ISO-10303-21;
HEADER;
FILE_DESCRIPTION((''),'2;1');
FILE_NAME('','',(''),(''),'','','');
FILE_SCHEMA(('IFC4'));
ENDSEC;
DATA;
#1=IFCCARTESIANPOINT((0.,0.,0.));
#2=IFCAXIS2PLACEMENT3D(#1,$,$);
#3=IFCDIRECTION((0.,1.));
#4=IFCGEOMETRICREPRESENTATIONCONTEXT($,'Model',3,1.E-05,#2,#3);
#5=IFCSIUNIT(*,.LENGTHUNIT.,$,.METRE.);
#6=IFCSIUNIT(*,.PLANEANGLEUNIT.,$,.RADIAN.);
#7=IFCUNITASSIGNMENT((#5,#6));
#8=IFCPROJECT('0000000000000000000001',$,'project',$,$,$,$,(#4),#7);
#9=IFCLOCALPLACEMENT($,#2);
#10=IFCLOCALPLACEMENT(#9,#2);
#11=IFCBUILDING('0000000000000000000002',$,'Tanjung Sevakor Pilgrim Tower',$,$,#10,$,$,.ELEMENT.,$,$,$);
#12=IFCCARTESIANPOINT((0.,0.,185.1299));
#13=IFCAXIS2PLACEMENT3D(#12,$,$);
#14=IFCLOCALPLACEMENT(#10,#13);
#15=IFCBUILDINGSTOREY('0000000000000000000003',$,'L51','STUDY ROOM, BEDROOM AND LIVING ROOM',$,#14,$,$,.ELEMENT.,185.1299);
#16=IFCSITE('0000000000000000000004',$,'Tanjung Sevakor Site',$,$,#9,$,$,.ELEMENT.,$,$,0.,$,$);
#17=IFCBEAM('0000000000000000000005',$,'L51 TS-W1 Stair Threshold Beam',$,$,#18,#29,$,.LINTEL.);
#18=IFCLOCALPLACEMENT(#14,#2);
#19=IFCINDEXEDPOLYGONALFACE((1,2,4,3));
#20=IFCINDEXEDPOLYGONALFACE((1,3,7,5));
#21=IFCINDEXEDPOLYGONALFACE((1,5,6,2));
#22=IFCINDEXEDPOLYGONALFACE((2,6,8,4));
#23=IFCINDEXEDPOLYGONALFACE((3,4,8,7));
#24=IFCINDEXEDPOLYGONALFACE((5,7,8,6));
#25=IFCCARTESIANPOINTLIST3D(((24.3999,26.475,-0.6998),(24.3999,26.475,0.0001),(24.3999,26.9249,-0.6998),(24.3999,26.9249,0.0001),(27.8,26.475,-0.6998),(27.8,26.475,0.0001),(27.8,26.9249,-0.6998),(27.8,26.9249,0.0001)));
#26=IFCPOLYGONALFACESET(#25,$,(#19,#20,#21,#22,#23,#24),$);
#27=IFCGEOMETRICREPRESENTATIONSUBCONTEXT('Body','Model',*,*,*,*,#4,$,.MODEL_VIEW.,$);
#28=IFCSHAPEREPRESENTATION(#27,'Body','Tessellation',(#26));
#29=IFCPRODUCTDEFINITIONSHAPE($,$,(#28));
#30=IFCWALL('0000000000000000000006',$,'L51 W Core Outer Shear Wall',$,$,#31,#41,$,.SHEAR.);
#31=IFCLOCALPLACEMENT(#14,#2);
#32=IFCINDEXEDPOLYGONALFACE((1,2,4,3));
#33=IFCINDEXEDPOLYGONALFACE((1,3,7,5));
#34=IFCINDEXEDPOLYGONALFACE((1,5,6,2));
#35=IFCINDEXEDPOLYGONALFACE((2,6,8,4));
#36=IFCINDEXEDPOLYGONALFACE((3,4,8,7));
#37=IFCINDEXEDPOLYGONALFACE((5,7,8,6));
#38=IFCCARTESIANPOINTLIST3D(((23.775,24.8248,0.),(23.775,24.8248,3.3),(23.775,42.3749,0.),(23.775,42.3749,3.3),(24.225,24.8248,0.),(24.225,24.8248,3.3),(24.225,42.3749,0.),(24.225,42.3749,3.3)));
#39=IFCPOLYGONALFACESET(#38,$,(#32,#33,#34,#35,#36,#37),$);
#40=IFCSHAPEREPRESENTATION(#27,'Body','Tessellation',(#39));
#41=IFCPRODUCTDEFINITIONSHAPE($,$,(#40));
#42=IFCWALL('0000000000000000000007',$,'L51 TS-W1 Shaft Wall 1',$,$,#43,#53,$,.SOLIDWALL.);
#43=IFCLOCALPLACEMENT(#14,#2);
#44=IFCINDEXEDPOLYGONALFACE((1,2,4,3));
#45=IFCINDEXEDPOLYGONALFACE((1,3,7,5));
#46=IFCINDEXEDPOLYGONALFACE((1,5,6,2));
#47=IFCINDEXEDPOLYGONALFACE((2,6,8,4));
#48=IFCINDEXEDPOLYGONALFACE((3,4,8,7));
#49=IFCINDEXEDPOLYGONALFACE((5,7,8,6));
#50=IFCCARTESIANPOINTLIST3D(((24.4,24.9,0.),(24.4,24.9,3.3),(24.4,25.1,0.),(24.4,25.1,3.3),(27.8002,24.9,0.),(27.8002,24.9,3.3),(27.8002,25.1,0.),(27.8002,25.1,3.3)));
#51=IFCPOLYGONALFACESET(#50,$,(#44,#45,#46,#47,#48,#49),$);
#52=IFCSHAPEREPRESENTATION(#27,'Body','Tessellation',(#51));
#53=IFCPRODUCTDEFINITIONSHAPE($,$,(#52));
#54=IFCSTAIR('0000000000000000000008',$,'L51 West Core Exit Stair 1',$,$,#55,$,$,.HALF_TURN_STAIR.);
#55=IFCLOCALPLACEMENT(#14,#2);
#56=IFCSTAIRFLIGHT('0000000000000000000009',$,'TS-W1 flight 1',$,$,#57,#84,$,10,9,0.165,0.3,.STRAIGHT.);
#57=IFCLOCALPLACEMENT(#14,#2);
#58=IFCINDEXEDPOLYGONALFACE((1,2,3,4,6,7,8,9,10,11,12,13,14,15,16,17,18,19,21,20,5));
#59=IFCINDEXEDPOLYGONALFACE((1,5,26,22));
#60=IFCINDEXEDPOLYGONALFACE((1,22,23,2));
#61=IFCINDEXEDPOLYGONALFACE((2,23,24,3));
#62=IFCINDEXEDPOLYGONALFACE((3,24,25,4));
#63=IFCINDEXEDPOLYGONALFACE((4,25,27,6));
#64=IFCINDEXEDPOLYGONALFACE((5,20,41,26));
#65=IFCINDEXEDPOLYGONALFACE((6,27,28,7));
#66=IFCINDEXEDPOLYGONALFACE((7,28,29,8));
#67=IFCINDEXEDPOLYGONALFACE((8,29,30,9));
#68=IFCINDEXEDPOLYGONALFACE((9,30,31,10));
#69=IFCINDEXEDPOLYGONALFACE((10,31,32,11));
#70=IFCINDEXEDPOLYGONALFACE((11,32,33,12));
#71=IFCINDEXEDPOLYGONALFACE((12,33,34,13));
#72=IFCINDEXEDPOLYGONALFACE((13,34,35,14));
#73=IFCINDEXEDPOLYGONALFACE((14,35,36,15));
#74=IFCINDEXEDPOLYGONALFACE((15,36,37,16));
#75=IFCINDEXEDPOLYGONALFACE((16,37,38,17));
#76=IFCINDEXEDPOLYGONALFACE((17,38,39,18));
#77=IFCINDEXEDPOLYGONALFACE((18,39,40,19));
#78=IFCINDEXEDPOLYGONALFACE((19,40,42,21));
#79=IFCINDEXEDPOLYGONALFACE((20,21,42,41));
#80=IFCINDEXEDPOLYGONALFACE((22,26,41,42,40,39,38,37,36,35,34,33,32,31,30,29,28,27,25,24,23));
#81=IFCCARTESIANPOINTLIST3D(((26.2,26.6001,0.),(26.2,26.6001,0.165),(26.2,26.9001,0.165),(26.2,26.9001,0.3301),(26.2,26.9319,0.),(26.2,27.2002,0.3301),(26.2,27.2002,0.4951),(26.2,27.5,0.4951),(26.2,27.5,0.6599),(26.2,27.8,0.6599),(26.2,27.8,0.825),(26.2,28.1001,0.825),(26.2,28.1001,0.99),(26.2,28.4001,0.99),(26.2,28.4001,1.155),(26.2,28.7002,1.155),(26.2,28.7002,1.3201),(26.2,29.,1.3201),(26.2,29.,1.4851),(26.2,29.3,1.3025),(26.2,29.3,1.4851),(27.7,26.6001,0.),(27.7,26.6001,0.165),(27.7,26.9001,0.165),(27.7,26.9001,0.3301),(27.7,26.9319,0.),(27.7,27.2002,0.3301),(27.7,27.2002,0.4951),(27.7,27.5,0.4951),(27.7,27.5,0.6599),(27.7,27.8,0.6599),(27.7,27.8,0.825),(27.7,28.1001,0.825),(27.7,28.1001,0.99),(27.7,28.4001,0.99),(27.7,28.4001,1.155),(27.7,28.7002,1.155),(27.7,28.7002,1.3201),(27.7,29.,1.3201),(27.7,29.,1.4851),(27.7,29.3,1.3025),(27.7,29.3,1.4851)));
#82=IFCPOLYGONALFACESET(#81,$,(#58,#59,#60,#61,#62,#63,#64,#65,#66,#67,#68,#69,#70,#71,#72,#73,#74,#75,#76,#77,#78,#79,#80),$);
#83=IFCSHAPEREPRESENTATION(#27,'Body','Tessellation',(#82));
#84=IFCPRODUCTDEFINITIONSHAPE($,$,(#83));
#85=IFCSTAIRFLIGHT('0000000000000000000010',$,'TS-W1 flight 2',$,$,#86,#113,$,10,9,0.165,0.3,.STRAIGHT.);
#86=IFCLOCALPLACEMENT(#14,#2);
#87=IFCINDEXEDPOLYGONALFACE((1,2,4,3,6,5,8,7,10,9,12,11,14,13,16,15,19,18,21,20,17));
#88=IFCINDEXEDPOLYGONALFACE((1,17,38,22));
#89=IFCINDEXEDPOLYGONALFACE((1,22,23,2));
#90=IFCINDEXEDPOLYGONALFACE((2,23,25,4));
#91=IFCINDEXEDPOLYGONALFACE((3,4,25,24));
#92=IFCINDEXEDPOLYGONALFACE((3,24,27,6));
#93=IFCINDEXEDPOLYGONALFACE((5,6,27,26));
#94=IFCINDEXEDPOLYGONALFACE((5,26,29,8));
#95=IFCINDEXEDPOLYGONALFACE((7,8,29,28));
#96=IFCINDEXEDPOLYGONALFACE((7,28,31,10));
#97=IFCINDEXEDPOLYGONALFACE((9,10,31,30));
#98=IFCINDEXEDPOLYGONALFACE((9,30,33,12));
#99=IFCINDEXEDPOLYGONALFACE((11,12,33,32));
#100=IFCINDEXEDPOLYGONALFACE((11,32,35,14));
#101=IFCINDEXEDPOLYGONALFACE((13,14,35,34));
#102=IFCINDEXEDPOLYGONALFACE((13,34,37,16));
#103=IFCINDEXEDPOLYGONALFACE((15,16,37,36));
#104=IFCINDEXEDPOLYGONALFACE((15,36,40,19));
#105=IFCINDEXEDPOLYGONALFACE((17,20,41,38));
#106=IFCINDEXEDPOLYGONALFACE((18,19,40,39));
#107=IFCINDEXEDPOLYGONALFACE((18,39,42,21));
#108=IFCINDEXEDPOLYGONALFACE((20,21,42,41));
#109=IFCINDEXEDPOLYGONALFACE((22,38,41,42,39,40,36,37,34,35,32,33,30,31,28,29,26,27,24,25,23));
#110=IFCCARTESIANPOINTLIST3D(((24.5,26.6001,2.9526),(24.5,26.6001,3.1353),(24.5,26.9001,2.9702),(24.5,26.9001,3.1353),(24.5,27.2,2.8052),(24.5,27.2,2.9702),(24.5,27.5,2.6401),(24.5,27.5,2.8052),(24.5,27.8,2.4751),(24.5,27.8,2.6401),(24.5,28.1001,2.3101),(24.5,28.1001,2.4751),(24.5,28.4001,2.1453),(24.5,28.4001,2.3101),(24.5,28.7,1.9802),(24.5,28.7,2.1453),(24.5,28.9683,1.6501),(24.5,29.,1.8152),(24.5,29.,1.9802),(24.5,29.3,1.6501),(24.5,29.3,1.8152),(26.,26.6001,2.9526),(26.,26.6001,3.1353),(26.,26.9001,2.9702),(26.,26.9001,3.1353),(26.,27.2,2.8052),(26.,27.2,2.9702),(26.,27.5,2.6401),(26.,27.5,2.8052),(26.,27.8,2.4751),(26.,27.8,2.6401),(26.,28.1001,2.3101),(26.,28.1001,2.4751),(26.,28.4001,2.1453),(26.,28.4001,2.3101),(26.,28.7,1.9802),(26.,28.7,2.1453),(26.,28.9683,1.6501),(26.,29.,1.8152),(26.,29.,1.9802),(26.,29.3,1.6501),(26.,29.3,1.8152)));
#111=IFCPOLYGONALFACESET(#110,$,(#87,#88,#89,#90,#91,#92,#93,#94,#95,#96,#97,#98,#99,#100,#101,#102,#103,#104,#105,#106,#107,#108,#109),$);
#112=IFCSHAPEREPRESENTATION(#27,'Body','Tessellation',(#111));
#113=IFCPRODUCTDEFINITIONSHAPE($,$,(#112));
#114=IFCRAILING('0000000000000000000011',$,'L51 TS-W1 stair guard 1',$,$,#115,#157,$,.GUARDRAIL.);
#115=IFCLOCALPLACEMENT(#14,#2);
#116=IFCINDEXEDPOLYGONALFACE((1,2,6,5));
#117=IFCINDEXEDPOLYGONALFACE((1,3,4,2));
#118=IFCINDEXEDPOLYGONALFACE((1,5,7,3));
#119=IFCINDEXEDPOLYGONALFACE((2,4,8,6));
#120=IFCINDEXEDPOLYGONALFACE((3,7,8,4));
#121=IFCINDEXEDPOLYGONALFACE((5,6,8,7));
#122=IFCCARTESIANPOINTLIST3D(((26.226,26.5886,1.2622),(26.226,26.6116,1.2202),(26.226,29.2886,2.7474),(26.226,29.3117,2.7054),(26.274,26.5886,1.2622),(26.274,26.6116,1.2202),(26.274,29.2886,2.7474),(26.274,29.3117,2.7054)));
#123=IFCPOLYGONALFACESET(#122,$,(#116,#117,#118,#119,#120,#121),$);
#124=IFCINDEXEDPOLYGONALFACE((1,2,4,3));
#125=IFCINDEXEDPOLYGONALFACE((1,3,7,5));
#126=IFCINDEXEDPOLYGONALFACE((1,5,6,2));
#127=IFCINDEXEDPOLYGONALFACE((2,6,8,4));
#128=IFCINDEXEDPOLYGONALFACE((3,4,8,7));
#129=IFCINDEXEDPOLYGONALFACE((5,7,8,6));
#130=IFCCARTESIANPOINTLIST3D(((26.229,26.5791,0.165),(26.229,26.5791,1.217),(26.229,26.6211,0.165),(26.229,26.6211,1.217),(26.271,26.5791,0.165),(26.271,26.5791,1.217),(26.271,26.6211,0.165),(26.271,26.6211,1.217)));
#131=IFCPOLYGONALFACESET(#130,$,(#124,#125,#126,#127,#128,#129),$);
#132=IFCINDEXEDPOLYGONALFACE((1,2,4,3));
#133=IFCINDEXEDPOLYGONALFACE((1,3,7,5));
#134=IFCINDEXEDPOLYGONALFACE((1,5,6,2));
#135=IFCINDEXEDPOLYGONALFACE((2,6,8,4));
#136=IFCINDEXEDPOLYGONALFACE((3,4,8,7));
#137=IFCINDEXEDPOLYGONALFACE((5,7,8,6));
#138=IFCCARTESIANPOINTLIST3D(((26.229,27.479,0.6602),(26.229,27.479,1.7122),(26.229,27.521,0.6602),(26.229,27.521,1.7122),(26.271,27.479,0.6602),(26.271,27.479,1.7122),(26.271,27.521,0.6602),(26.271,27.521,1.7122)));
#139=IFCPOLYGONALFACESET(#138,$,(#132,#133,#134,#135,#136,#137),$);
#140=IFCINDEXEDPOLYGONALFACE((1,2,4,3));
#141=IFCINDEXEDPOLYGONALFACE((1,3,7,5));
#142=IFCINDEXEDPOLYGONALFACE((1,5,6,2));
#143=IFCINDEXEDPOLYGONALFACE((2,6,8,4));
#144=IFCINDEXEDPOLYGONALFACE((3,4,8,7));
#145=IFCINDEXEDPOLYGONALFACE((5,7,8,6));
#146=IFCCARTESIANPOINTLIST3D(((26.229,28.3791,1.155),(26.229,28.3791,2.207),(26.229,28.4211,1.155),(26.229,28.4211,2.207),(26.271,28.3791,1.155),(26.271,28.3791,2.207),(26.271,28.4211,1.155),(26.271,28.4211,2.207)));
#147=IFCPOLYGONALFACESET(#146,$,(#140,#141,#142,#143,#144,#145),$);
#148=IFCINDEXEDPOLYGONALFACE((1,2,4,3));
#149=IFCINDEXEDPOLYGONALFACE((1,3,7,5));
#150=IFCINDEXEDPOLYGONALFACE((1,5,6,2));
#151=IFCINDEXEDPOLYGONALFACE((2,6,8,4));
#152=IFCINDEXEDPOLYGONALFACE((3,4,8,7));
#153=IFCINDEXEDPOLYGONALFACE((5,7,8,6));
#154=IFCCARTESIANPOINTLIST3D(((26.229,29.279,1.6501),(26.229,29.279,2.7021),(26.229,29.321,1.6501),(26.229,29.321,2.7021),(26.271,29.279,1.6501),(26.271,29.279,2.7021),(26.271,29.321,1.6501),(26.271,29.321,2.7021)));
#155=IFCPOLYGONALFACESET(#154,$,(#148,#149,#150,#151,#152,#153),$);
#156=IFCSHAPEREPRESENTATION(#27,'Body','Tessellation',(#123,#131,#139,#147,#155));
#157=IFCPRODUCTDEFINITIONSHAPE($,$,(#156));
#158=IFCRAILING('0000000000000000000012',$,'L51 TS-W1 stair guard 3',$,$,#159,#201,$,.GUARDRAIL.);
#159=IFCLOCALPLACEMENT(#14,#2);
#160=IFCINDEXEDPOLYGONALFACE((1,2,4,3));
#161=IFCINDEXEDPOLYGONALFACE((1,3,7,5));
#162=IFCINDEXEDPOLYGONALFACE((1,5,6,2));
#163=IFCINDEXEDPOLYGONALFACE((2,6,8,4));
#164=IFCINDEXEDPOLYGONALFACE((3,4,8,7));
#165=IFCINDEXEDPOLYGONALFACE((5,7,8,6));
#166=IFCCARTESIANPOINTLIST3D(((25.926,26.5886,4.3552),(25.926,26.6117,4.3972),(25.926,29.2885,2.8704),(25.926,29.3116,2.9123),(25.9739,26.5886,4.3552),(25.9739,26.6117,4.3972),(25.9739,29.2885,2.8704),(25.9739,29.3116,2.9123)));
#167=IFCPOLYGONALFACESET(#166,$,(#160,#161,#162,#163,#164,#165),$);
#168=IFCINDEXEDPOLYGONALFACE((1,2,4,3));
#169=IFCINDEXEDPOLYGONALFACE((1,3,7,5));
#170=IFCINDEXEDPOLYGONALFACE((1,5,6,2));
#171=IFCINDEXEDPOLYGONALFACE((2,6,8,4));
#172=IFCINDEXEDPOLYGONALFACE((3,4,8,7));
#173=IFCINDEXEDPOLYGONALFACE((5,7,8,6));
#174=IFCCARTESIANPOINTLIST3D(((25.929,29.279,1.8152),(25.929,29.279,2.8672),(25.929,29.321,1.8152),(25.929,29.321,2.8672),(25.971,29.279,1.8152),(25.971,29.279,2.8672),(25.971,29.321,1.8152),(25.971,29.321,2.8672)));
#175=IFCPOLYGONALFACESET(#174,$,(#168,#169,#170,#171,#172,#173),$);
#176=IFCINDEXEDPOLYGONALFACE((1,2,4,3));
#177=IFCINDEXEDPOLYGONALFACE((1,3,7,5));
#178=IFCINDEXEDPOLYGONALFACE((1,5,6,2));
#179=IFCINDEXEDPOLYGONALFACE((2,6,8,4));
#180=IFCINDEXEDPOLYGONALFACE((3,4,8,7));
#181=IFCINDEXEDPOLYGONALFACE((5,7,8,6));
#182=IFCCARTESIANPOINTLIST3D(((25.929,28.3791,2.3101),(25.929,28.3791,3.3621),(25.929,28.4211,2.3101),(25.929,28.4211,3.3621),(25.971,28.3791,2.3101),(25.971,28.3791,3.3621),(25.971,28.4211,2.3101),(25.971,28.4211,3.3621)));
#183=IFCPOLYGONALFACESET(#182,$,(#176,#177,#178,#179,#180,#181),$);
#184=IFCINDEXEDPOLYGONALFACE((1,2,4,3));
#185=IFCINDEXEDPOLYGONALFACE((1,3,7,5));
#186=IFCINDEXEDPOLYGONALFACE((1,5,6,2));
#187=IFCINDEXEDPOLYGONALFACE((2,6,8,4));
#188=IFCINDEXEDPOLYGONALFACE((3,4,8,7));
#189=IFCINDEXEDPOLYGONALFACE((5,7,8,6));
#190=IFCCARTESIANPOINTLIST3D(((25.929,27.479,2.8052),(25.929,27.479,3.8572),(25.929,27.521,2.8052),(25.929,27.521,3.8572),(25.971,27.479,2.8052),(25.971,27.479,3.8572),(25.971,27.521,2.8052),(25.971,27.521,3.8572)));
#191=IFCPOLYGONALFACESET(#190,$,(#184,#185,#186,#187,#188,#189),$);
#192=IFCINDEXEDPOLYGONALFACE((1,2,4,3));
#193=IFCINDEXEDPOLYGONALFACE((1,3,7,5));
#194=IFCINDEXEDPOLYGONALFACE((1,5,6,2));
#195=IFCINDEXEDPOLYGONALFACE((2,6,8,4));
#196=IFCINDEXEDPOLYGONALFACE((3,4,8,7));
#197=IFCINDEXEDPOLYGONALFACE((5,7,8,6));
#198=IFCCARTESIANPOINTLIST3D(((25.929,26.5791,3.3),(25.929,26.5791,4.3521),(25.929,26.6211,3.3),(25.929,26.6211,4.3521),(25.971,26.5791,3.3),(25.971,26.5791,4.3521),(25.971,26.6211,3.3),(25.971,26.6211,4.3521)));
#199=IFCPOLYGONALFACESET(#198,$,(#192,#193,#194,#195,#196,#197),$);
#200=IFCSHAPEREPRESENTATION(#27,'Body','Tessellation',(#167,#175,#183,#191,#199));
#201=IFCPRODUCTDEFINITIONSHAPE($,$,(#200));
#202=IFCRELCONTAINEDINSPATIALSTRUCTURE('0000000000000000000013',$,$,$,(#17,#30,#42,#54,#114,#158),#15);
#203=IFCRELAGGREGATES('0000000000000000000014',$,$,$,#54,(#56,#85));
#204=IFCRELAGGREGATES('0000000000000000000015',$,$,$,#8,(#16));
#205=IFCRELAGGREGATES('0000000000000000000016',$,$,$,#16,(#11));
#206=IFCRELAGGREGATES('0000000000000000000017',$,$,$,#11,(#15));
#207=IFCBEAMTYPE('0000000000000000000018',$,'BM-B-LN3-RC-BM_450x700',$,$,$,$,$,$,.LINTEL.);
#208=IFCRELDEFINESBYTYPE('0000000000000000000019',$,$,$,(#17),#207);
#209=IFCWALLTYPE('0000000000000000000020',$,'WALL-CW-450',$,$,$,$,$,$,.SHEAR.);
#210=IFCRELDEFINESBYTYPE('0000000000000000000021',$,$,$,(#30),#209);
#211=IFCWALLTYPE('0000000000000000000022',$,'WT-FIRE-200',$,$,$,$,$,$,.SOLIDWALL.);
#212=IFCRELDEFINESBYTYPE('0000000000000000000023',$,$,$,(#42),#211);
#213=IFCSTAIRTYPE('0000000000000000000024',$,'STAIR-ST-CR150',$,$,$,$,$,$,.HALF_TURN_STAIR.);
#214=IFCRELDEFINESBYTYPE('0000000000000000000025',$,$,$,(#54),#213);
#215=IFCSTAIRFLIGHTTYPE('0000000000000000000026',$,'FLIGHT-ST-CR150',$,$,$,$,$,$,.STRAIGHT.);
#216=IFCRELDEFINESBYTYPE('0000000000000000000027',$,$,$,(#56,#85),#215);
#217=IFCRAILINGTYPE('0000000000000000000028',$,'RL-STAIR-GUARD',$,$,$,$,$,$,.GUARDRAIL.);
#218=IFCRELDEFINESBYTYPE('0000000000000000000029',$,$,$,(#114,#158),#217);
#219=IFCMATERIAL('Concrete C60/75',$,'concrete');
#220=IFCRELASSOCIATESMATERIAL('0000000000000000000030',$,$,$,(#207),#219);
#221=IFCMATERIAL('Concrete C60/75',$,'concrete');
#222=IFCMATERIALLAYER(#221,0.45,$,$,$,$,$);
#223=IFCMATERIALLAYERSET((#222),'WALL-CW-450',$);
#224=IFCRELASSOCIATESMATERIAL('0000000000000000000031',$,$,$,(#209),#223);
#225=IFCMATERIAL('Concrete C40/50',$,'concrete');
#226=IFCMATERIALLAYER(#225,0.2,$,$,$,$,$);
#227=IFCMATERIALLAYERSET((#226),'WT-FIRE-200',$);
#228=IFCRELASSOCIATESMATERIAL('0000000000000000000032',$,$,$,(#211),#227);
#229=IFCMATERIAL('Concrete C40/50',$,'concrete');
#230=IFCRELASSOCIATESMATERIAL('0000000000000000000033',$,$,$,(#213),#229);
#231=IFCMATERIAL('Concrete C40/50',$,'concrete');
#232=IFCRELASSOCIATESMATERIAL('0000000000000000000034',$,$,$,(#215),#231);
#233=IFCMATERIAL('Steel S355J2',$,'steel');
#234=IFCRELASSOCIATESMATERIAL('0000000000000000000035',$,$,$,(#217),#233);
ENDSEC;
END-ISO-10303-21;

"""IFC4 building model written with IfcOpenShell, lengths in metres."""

from ifc_helpers import new_model, si_unit, direction, frame, frame_2d, origin, origin_2d, place, context, subcontext, project, spatial, polyline, rectangle, outline, extrude, material, layer, layer_set, material_profile, profile_set, type_object, element, aggregate, save


model = new_model("IFC4")

# Units and contexts
model_context = context("Model", 3, precision=1e-05, world=origin(), true_north=direction((0.0, 1.0)))
body_context = subcontext(model_context, "Body", "Model", "MODEL_VIEW")
ifc_project = project(units=[si_unit("LENGTHUNIT", "METRE"), si_unit("PLANEANGLEUNIT", "RADIAN")], contexts=[model_context])

# Site, building, storey
site_placement = place(None, origin())
site = spatial("IfcSite", under=ifc_project, at=site_placement, Name="Tanjung Sevakor Site", CompositionType="ELEMENT", RefElevation=0.0)
building_placement = place(site_placement, origin())
building = spatial("IfcBuilding", under=site, at=building_placement, Name="Tanjung Sevakor Pilgrim Tower", CompositionType="ELEMENT")
storey_placement = place(building_placement, frame((0.0, 0.0, 185.1299)))
storey = spatial("IfcBuildingStorey", under=building, at=storey_placement, Name="L51", Description="STUDY ROOM, BEDROOM AND LIVING ROOM", CompositionType="ELEMENT", Elevation=185.1299)

# Beam
ifc_material_1 = material(Name="Concrete C60/75", Category="concrete")
ifc_material_profile = material_profile(ifc_material_1, rectangle(XDim=0.45, YDim=0.7, at=origin_2d()))
ifc_profile_set = profile_set([ifc_material_profile], Name="Concrete C60/75")
beam_type = type_object("IfcBeamType", Name="BM-B-LN3-RC-BM_450x700", PredefinedType="LINTEL", material=ifc_profile_set)
beam_placement = place(storey_placement, frame((24.3999, 26.7, -0.3499), z_axis=(1.0, 0.0, 0.0), x_axis=(0.0, 1.0, 0.0)))
element("IfcBeam", 1, at=beam_placement, inside=storey, type_object=beam_type, Name="L51 TS-W1 Stair Threshold Beam", PredefinedType="LINTEL", context=body_context, shape_type="SweptSolid", body=[
    extrude(rectangle(XDim=0.45, YDim=0.7, at=origin_2d()), origin(), (0.0, 0.0, 1.0), 3.4001),
])

# Wall
ifc_material_2 = material(Name="Concrete C60/75", Category="concrete")
ifc_layer_1 = layer(ifc_material_2, 0.45)
ifc_layer_set_1 = layer_set([ifc_layer_1], Name="WALL-CW-450")
wall_type_1 = type_object("IfcWallType", Name="WALL-CW-450", PredefinedType="SHEAR", material=ifc_layer_set_1)
wall_1_placement = place(storey_placement, frame((24.0, 24.825, 0.0), z_axis=(0.0, 0.0, 1.0), x_axis=(0.0, 1.0, 0.0)))
element("IfcWall", 2, at=wall_1_placement, inside=storey, type_object=wall_type_1, Name="L51 W Core Outer Shear Wall", PredefinedType="SHEAR", context=body_context, shape_type="SweptSolid", body=[
    extrude(rectangle(XDim=17.55, YDim=0.45, at=frame_2d((8.7749, 0.0))), origin(), (0.0, 0.0, 1.0), 3.3),
])

# Wall
ifc_material_3 = material(Name="Concrete C40/50", Category="concrete")
ifc_layer_2 = layer(ifc_material_3, 0.2)
ifc_layer_set_2 = layer_set([ifc_layer_2], Name="WT-FIRE-200")
wall_type_2 = type_object("IfcWallType", Name="WT-FIRE-200", PredefinedType="SOLIDWALL", material=ifc_layer_set_2)
wall_2_placement = place(storey_placement, frame((24.3999, 25.0, 0.0), z_axis=(0.0, 0.0, 1.0), x_axis=(1.0, 0.0, 0.0)))
element("IfcWall", 3, at=wall_2_placement, inside=storey, type_object=wall_type_2, Name="L51 TS-W1 Shaft Wall 1", PredefinedType="SOLIDWALL", context=body_context, shape_type="SweptSolid", body=[
    extrude(rectangle(XDim=3.4001, YDim=0.2, at=frame_2d((1.7002, 0.0))), origin(), (0.0, 0.0, 1.0), 3.3),
])

# Stair, stair flights
ifc_material_4 = material(Name="Concrete C40/50", Category="concrete")
stair_type = type_object("IfcStairType", Name="STAIR-ST-CR150", PredefinedType="HALF_TURN_STAIR", material=ifc_material_4)
stair_placement = place(storey_placement, origin())
stair = element("IfcStair", 4, at=stair_placement, inside=storey, type_object=stair_type, Name="L51 West Core Exit Stair 1", PredefinedType="HALF_TURN_STAIR")
ifc_material_5 = material(Name="Concrete C40/50", Category="concrete")
stair_flight_type = type_object("IfcStairFlightType", Name="FLIGHT-ST-CR150", PredefinedType="STRAIGHT", material=ifc_material_5)
stair_flight_1_placement = place(storey_placement, frame((26.95, 26.6001, 0.0), z_axis=(0.0, 0.0, 1.0), x_axis=(0.0, 1.0, 0.0)))
stair_flight_1 = element("IfcStairFlight", 5, at=stair_flight_1_placement, type_object=stair_flight_type, Name="TS-W1 flight 1", NumberOfRisers=10, NumberOfTreads=9, PredefinedType="STRAIGHT", RiserHeight=0.165, TreadLength=0.3, context=body_context, shape_type="SweptSolid", body=[
    extrude(outline(polyline([(0.0, 0.0), (0.0, 0.165), (0.3, 0.165), (0.3, 0.3301), (0.6001, 0.3301), (0.6001, 0.4951), (0.8999, 0.4951), (0.8999, 0.6599), (1.2, 0.6599), (1.2, 0.825), (1.5, 0.825), (1.5, 0.99), (1.8, 0.99), (1.8, 1.155), (2.1001, 1.155), (2.1001, 1.3201), (2.3999, 1.3201), (2.3999, 1.4851), (2.7, 1.4851), (2.7, 1.6499), (2.7, 1.3025), (0.3318, 0.0), (0.0, 0.0)])), frame((0.0, 0.75, 0.0), z_axis=(0.0, -1.0, 0.0), x_axis=(1.0, 0.0, 0.0)), (0.0, 0.0, 1.0), 1.5),
])
stair_flight_2_placement = place(storey_placement, frame((25.25, 29.3, 1.6501), z_axis=(0.0, 0.0, 1.0), x_axis=(0.0, -1.0, 0.0)))
stair_flight_2 = element("IfcStairFlight", 6, at=stair_flight_2_placement, type_object=stair_flight_type, Name="TS-W1 flight 2", NumberOfRisers=10, NumberOfTreads=9, PredefinedType="STRAIGHT", RiserHeight=0.165, TreadLength=0.3, context=body_context, shape_type="SweptSolid", body=[
    extrude(outline(polyline([(0.0, 0.0), (0.0, 0.165), (0.3, 0.165), (0.3, 0.3301), (0.6001, 0.3301), (0.6001, 0.4951), (0.8999, 0.4951), (0.8999, 0.6599), (1.2, 0.6599), (1.2, 0.825), (1.5, 0.825), (1.5, 0.99), (1.8, 0.99), (1.8, 1.155), (2.1001, 1.155), (2.1001, 1.3201), (2.3999, 1.3201), (2.3999, 1.4851), (2.7, 1.4851), (2.7, 1.6499), (2.7, 1.3025), (0.3318, 0.0), (0.0, 0.0)])), frame((0.0, 0.75, 0.0), z_axis=(0.0, -1.0, 0.0), x_axis=(1.0, 0.0, 0.0)), (0.0, 0.0, 1.0), 1.5),
])
aggregate(stair, [stair_flight_1, stair_flight_2])

# Railings
ifc_material_6 = material(Name="Steel S355J2", Category="steel")
railing_type_1 = type_object("IfcRailingType", Name="RL-STAIR-GUARD", PredefinedType="GUARDRAIL", material=ifc_material_6)
railing_1_placement = place(storey_placement, frame((26.25, 26.6001, 0.165)))
element("IfcRailing", 7, at=railing_1_placement, inside=storey, type_object=railing_type_1, Name="L51 TS-W1 stair guard 1", PredefinedType="GUARDRAIL", context=body_context, shape_type="SweptSolid", body=[
    extrude(rectangle(XDim=0.0479, YDim=0.0479), frame((0.0, 0.0, 1.0762), z_axis=(0.0, 0.876198, 0.481952), x_axis=(-1.0, 0.0, 0.0)), (0.0, 0.0, 1.0), 3.0815),
    extrude(rectangle(XDim=0.042, YDim=0.042), origin(), (0.0, 0.0, 1.0), 1.052),
    extrude(rectangle(XDim=0.042, YDim=0.042), frame((0.0, 0.8999, 0.4951)), (0.0, 0.0, 1.0), 1.052),
    extrude(rectangle(XDim=0.042, YDim=0.042), frame((0.0, 1.8, 0.99)), (0.0, 0.0, 1.0), 1.052),
    extrude(rectangle(XDim=0.042, YDim=0.042), frame((0.0, 2.7, 1.4851)), (0.0, 0.0, 1.0), 1.052),
])
railing_2_placement = place(storey_placement, frame((25.95, 29.3, 1.8152)))
element("IfcRailing", 8, at=railing_2_placement, inside=storey, type_object=railing_type_1, Name="L51 TS-W1 stair guard 3", PredefinedType="GUARDRAIL", context=body_context, shape_type="SweptSolid", body=[
    extrude(rectangle(XDim=0.0479, YDim=0.0479), frame((0.0, 0.0, 1.0762), z_axis=(0.0, -0.876231, 0.481891), x_axis=(1.0, 0.0, 0.0)), (0.0, 0.0, 1.0), 3.0813),
    extrude(rectangle(XDim=0.042, YDim=0.042), origin(), (0.0, 0.0, 1.0), 1.052),
    extrude(rectangle(XDim=0.042, YDim=0.042), frame((0.0, -0.8999, 0.4949)), (0.0, 0.0, 1.0), 1.052),
    extrude(rectangle(XDim=0.042, YDim=0.042), frame((0.0, -1.8, 0.99)), (0.0, 0.0, 1.0), 1.052),
    extrude(rectangle(XDim=0.042, YDim=0.042), frame((0.0, -2.7, 1.4849)), (0.0, 0.0, 1.0), 1.052),
])

save(model, "model.ifc")
